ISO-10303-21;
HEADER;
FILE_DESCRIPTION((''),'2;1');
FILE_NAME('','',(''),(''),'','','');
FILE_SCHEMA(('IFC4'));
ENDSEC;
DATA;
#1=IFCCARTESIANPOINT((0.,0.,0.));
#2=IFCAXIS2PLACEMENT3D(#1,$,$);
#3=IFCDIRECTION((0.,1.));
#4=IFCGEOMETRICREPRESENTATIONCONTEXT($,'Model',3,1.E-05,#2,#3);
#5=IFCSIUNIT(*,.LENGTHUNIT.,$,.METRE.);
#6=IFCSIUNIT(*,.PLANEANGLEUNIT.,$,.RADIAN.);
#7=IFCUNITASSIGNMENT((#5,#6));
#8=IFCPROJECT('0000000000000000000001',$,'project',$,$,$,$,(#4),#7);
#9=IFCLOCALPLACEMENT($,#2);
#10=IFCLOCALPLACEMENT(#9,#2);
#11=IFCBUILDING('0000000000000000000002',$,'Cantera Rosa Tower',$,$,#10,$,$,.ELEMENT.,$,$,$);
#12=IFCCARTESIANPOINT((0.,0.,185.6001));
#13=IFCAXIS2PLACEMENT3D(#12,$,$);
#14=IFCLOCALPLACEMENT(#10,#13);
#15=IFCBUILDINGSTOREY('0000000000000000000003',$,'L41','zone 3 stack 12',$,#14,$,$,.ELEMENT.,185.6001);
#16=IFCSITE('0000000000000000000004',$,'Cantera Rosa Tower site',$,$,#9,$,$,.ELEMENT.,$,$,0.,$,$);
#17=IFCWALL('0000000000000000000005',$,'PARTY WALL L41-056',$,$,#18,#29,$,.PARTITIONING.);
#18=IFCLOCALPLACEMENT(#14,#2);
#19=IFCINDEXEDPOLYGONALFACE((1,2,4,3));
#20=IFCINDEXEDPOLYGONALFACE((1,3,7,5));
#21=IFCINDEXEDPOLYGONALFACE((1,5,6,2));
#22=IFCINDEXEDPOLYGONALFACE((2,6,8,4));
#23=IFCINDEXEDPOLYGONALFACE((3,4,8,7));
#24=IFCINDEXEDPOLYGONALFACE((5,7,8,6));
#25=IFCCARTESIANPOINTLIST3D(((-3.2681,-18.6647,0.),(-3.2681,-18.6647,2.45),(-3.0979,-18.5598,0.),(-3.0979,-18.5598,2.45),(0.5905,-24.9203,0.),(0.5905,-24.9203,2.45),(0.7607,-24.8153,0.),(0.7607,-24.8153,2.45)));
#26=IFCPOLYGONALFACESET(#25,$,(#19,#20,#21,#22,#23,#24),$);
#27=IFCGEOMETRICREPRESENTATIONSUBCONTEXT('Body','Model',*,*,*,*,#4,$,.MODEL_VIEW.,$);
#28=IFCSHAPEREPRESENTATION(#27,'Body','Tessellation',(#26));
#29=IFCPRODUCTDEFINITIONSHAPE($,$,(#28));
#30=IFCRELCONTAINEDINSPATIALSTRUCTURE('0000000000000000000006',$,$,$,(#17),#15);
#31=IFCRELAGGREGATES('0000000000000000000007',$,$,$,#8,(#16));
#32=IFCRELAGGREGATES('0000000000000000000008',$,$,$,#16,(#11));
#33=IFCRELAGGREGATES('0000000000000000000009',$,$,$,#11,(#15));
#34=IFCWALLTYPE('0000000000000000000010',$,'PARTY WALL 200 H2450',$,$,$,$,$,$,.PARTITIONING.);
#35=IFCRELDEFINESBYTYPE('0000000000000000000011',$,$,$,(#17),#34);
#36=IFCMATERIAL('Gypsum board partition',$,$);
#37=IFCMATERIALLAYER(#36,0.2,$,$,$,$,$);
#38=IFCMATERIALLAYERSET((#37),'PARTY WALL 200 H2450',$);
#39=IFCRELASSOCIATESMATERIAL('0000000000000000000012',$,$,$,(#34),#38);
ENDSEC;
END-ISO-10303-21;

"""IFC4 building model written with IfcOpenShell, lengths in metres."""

from ifc_helpers import new_model, si_unit, direction, frame, frame_2d, origin, place, context, subcontext, project, spatial, rectangle, extrude, material, layer, layer_set, type_object, element, save


model = new_model("IFC4")

# Units and contexts
model_context = context("Model", 3, precision=1e-05, world=origin(), true_north=direction((0.0, 1.0)))
body_context = subcontext(model_context, "Body", "Model", "MODEL_VIEW")
ifc_project = project(units=[si_unit("LENGTHUNIT", "METRE"), si_unit("PLANEANGLEUNIT", "RADIAN")], contexts=[model_context])

# Site, building, storey
site_placement = place(None, origin())
site = spatial("IfcSite", under=ifc_project, at=site_placement, Name="Cantera Rosa Tower site", CompositionType="ELEMENT", RefElevation=0.0)
building_placement = place(site_placement, origin())
building = spatial("IfcBuilding", under=site, at=building_placement, Name="Cantera Rosa Tower", CompositionType="ELEMENT")
storey_placement = place(building_placement, frame((0.0, 0.0, 185.6001)))
storey = spatial("IfcBuildingStorey", under=building, at=storey_placement, Name="L41", Description="zone 3 stack 12", CompositionType="ELEMENT", Elevation=185.6001)

# Wall
ifc_material_1 = material(Name="Gypsum board partition")
ifc_layer_1 = layer(ifc_material_1, 0.2)
ifc_layer_set_1 = layer_set([ifc_layer_1], Name="PARTY WALL 200 H2450")
wall_type_1 = type_object("IfcWallType", Name="PARTY WALL 200 H2450", PredefinedType="PARTITIONING", material=ifc_layer_set_1)
wall_1_placement = place(storey_placement, frame((0.6755, -24.8677, 0.0), z_axis=(0.0, 0.0, 1.0), x_axis=(-0.524989, 0.851109, 0.0)))
element("IfcWall", 1, at=wall_1_placement, inside=storey, type_object=wall_type_1, Name="PARTY WALL L41-056", PredefinedType="PARTITIONING", context=body_context, shape_type="SweptSolid", body=[
    extrude(rectangle(XDim=7.3499, YDim=0.2, at=frame_2d((3.6748, 0.0))), origin(), (0.0, 0.0, 1.0), 2.45),
])

save(model, "model.ifc")
